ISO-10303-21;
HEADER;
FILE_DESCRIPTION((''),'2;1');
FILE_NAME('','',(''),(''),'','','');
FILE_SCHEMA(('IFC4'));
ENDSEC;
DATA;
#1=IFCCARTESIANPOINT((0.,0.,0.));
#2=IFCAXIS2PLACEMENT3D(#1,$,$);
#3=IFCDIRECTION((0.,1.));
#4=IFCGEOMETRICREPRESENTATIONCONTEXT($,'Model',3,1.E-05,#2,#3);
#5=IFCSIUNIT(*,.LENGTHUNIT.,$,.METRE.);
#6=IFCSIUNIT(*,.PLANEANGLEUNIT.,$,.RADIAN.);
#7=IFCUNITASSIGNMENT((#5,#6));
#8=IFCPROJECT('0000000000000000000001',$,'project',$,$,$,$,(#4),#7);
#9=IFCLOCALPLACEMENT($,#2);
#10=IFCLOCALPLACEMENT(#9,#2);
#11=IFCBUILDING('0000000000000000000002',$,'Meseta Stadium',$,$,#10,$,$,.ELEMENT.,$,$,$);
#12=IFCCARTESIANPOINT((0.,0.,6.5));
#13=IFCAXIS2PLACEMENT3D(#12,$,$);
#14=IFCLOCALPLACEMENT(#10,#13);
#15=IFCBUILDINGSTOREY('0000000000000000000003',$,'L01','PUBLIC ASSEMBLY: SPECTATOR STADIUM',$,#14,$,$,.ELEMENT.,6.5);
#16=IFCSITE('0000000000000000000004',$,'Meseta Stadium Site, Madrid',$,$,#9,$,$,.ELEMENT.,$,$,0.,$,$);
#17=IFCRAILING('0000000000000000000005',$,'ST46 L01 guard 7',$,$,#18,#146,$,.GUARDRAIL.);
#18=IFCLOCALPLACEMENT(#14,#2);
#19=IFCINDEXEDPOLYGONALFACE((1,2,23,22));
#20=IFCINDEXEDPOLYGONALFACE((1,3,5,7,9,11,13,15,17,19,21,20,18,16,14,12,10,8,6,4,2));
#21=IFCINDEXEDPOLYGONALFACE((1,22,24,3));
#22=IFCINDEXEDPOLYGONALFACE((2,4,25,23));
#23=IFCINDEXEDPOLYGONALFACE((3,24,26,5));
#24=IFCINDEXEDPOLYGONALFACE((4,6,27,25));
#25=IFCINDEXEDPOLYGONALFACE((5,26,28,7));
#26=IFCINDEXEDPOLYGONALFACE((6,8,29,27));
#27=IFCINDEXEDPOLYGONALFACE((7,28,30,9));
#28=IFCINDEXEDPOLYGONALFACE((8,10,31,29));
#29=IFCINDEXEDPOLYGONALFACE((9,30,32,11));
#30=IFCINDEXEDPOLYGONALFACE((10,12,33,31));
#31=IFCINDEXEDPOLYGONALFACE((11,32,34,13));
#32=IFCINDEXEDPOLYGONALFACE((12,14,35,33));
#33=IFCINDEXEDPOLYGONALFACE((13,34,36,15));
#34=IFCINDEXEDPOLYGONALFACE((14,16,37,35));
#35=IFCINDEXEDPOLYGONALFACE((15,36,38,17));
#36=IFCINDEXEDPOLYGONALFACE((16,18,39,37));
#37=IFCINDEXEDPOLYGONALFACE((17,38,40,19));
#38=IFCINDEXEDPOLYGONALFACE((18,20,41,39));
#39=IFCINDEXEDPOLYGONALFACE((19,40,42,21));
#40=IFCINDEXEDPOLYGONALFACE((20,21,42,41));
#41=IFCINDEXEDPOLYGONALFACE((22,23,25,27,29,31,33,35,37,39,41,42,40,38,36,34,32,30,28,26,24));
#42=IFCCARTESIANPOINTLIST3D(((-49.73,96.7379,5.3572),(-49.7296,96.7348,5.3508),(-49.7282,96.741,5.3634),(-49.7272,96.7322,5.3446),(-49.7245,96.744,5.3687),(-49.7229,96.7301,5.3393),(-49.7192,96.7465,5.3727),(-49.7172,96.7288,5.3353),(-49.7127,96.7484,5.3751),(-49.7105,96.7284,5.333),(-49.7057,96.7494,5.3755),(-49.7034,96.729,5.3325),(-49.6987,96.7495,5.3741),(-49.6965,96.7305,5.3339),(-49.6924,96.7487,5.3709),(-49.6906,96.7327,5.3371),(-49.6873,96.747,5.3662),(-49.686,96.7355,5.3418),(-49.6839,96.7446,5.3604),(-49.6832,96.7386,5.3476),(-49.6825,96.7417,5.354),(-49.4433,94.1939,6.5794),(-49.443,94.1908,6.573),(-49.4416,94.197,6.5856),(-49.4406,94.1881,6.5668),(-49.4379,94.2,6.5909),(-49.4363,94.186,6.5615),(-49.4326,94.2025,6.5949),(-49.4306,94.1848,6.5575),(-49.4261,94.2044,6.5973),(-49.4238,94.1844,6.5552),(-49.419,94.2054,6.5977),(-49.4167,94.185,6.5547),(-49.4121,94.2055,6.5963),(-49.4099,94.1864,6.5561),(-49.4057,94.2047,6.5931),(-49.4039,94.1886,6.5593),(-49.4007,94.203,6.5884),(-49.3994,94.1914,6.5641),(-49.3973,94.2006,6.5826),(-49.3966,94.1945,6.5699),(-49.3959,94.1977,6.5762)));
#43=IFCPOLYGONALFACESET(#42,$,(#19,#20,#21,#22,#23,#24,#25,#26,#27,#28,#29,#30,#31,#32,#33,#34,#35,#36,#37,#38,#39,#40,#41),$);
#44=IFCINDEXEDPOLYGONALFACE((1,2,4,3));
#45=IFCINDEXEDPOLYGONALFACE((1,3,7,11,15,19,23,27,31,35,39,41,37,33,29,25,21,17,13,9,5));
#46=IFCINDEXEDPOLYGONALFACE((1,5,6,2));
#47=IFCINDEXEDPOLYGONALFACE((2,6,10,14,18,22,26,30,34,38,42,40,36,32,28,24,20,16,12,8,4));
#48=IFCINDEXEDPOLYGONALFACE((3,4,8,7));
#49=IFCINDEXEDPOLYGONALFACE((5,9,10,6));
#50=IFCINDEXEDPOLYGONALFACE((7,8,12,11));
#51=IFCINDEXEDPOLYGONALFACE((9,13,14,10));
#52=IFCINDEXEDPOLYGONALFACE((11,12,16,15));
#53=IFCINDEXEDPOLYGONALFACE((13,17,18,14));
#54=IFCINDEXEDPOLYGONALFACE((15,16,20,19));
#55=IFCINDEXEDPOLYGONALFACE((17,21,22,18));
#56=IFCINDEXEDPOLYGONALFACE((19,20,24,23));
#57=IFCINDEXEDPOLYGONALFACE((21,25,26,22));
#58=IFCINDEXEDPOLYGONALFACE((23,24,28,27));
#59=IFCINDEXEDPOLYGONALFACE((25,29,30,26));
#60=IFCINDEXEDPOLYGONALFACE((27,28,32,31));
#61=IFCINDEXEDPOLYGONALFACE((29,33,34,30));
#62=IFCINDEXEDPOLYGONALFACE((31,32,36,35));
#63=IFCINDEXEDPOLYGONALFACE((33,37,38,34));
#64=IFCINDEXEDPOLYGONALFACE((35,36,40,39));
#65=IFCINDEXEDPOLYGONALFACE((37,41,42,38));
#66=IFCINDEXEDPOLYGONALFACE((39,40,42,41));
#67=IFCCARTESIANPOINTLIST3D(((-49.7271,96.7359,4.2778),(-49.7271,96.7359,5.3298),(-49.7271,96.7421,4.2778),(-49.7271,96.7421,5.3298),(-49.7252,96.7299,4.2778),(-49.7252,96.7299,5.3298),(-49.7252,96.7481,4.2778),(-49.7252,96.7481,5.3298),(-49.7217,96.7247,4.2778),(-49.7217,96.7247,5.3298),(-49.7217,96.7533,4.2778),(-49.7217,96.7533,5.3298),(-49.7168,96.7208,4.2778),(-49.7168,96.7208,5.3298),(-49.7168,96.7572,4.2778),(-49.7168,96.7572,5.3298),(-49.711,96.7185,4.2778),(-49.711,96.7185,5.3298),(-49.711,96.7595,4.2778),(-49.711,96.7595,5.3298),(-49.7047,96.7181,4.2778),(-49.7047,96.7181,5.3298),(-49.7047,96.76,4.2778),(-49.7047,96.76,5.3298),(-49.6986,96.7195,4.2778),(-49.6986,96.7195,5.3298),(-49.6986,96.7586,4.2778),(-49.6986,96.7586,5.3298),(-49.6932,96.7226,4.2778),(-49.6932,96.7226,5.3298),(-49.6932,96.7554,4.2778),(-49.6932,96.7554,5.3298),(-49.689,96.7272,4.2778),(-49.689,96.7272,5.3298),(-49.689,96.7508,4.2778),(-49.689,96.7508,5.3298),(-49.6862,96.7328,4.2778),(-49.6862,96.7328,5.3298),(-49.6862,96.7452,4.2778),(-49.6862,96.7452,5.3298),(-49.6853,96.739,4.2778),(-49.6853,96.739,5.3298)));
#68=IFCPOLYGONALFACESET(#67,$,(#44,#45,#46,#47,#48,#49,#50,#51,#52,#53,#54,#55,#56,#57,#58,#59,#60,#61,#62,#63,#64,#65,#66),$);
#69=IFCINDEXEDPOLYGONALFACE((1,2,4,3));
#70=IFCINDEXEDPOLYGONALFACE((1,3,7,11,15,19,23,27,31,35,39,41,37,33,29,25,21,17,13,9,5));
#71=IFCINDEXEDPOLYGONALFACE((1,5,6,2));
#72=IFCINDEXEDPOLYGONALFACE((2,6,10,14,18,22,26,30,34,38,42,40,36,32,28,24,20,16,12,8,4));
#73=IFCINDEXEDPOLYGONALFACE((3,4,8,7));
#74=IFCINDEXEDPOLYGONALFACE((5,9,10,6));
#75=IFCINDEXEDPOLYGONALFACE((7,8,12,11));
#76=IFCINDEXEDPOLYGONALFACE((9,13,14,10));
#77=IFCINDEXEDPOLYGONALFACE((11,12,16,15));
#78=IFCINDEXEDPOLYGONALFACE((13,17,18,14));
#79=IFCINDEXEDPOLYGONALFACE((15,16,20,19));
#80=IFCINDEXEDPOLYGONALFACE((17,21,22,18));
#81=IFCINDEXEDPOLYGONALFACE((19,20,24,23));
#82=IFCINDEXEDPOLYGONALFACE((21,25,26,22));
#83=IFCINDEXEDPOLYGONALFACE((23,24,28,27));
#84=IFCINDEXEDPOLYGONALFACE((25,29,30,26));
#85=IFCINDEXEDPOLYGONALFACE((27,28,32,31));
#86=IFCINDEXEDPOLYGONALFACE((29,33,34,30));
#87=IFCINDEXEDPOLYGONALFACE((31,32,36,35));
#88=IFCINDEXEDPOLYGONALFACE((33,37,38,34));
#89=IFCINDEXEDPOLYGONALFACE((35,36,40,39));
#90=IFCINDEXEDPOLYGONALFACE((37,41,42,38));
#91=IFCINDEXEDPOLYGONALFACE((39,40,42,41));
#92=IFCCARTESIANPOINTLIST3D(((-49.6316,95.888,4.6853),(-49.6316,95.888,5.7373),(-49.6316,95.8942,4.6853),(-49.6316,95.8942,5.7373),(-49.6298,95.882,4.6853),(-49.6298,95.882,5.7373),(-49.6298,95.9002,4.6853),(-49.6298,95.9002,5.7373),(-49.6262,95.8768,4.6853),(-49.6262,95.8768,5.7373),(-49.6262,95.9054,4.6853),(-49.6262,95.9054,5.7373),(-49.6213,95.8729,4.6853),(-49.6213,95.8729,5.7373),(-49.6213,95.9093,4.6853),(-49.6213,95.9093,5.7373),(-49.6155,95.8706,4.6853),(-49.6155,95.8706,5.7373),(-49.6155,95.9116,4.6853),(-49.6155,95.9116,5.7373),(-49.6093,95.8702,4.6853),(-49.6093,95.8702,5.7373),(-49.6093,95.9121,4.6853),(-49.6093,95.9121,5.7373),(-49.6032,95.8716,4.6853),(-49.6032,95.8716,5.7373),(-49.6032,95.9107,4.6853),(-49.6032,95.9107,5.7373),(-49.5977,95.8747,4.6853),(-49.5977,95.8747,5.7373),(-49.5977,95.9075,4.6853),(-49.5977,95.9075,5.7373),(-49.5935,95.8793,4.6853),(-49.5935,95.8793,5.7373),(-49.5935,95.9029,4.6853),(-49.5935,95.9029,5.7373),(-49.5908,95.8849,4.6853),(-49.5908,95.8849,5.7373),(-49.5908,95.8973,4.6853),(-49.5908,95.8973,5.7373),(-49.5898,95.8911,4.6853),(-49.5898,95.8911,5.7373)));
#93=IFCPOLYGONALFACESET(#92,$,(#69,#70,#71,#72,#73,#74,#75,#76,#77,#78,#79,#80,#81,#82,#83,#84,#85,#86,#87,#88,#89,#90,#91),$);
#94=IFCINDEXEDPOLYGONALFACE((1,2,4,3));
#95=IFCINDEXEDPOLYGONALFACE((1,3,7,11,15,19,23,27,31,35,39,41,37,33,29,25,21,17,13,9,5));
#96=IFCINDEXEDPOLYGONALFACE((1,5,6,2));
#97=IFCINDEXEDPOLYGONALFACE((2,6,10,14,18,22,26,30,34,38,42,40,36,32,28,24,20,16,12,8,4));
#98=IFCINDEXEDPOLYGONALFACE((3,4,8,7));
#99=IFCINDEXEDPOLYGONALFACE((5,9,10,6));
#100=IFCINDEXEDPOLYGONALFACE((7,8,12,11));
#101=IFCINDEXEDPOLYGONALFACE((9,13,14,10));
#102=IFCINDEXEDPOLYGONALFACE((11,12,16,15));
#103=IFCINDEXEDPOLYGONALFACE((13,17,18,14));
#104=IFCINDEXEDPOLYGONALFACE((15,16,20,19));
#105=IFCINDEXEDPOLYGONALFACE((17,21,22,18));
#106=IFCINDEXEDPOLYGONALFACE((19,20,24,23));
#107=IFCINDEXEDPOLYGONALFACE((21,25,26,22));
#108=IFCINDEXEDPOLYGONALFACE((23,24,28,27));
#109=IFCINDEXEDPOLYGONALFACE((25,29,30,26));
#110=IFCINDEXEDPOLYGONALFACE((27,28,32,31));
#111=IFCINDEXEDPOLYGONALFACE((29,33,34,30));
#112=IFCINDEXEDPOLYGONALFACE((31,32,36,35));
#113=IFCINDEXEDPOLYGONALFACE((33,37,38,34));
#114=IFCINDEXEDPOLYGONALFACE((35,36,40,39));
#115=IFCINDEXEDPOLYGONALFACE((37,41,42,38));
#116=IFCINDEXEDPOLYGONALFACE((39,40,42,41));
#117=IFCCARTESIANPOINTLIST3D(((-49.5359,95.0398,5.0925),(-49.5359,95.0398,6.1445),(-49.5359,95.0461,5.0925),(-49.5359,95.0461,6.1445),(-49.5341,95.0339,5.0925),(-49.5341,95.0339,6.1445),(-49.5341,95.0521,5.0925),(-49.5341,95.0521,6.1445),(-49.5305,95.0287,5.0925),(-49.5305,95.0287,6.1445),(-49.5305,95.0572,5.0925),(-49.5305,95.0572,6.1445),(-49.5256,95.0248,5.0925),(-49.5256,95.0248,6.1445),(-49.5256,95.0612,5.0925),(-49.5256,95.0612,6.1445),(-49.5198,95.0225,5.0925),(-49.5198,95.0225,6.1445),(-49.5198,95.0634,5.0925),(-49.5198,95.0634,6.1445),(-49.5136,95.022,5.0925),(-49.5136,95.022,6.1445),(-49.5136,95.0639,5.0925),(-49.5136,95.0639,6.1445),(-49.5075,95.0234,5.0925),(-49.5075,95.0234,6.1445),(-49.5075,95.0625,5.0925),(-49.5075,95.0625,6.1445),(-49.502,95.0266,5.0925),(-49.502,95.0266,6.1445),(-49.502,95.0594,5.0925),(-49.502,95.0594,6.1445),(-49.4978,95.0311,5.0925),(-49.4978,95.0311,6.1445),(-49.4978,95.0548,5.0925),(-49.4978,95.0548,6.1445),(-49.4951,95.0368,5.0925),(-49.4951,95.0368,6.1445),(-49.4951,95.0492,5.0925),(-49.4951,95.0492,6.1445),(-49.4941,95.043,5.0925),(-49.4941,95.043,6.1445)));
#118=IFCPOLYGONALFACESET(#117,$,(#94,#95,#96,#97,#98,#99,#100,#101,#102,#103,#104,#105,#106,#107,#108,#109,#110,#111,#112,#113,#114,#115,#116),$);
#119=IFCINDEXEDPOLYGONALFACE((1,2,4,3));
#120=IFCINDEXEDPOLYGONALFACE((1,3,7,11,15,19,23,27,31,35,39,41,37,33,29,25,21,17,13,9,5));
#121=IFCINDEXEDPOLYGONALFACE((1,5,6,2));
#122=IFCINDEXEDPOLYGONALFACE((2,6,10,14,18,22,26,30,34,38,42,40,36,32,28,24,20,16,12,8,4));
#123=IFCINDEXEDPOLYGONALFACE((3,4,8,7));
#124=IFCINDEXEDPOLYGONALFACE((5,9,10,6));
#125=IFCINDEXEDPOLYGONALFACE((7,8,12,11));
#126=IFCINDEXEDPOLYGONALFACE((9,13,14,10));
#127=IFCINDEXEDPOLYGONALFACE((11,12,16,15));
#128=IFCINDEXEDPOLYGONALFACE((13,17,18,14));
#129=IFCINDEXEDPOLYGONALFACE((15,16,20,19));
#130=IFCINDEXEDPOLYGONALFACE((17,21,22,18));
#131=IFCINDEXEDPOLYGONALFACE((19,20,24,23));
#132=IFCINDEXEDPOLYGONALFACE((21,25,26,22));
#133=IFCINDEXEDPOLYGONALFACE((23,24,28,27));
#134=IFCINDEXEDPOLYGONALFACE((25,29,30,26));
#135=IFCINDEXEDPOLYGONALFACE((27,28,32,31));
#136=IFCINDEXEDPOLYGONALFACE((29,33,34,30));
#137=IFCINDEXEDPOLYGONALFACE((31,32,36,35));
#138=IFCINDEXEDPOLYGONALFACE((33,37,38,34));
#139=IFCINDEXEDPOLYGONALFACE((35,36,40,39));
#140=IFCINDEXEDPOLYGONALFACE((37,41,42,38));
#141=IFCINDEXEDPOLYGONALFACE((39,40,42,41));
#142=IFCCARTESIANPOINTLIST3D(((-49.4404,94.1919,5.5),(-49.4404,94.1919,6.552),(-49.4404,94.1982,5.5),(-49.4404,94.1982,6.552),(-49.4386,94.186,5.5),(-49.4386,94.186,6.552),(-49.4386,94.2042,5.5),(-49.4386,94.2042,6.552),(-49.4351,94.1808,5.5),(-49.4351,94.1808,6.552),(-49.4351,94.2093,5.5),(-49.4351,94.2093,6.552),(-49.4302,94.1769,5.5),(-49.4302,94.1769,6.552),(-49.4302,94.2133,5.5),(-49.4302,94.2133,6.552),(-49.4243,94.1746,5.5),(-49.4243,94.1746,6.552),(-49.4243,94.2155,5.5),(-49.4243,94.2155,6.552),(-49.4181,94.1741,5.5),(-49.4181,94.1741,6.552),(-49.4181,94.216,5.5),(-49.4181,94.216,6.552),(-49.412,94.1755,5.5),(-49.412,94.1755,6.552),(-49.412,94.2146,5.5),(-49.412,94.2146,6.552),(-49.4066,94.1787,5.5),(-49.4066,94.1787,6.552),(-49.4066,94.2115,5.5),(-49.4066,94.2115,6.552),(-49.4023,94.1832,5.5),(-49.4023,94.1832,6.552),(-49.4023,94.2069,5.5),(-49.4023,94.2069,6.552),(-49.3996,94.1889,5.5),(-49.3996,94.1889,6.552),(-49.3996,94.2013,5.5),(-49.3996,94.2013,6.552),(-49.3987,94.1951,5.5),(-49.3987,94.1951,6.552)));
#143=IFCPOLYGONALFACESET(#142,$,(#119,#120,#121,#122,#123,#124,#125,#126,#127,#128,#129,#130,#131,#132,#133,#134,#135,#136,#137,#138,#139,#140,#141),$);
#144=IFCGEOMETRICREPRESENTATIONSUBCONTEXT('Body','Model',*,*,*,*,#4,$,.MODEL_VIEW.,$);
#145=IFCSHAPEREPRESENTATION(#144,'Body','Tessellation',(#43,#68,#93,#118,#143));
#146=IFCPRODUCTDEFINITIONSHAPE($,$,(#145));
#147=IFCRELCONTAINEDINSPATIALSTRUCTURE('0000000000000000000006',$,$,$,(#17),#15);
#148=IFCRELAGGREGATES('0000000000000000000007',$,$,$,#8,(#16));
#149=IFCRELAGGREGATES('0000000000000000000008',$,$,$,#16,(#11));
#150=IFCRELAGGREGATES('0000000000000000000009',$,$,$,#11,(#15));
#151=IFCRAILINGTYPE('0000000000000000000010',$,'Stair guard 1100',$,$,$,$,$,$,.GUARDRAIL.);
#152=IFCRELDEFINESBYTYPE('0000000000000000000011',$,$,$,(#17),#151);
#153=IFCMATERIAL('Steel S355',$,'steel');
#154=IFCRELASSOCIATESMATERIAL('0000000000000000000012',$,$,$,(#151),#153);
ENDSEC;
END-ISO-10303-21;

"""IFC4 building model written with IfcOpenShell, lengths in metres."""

from ifc_helpers import new_model, si_unit, direction, frame, origin, origin_2d, place, context, subcontext, project, spatial, circle, extrude, material, type_object, element, save


model = new_model("IFC4")

# Units and contexts
model_context = context("Model", 3, precision=1e-05, world=origin(), true_north=direction((0.0, 1.0)))
body_context = subcontext(model_context, "Body", "Model", "MODEL_VIEW")
ifc_project = project(units=[si_unit("LENGTHUNIT", "METRE"), si_unit("PLANEANGLEUNIT", "RADIAN")], contexts=[model_context])

# Site, building, storey
site_placement = place(None, origin())
site = spatial("IfcSite", under=ifc_project, at=site_placement, Name="Meseta Stadium Site, Madrid", CompositionType="ELEMENT", RefElevation=0.0)
building_placement = place(site_placement, origin())
building = spatial("IfcBuilding", under=site, at=building_placement, Name="Meseta Stadium", CompositionType="ELEMENT")
storey_placement = place(building_placement, frame((0.0, 0.0, 6.5)))
storey = spatial("IfcBuildingStorey", under=building, at=storey_placement, Name="L01", Description="PUBLIC ASSEMBLY: SPECTATOR STADIUM", CompositionType="ELEMENT", Elevation=6.5)

# Railing
ifc_material_1 = material(Name="Steel S355", Category="steel")
railing_type_1 = type_object("IfcRailingType", Name="Stair guard 1100", PredefinedType="GUARDRAIL", material=ifc_material_1)
railing_1_placement = place(storey_placement, frame((-49.7063, 96.739, 4.2778)))
element("IfcRailing", 1, at=railing_1_placement, inside=storey, type_object=railing_type_1, Name="ST46 L01 guard 7", PredefinedType="GUARDRAIL", context=body_context, shape_type="SweptSolid", body=[
    extrude(circle(Radius=0.0239, at=origin_2d()), frame((0.0, 0.0, 1.0762), z_axis=(0.101036, -0.896762, 0.430824), x_axis=(0.993713, 0.11196, 0.0)), (0.0, 0.0, 1.0), 2.8369),
    extrude(circle(Radius=0.021, at=origin_2d()), origin(), (0.0, 0.0, 1.0), 1.052),
    extrude(circle(Radius=0.021, at=origin_2d()), frame((0.0955, -0.8479, 0.4075)), (0.0, 0.0, 1.0), 1.052),
    extrude(circle(Radius=0.021, at=origin_2d()), frame((0.1912, -1.696, 0.8147)), (0.0, 0.0, 1.0), 1.052),
    extrude(circle(Radius=0.021, at=origin_2d()), frame((0.2866, -2.5439, 1.2222)), (0.0, 0.0, 1.0), 1.052),
])

save(model, "model.ifc")
